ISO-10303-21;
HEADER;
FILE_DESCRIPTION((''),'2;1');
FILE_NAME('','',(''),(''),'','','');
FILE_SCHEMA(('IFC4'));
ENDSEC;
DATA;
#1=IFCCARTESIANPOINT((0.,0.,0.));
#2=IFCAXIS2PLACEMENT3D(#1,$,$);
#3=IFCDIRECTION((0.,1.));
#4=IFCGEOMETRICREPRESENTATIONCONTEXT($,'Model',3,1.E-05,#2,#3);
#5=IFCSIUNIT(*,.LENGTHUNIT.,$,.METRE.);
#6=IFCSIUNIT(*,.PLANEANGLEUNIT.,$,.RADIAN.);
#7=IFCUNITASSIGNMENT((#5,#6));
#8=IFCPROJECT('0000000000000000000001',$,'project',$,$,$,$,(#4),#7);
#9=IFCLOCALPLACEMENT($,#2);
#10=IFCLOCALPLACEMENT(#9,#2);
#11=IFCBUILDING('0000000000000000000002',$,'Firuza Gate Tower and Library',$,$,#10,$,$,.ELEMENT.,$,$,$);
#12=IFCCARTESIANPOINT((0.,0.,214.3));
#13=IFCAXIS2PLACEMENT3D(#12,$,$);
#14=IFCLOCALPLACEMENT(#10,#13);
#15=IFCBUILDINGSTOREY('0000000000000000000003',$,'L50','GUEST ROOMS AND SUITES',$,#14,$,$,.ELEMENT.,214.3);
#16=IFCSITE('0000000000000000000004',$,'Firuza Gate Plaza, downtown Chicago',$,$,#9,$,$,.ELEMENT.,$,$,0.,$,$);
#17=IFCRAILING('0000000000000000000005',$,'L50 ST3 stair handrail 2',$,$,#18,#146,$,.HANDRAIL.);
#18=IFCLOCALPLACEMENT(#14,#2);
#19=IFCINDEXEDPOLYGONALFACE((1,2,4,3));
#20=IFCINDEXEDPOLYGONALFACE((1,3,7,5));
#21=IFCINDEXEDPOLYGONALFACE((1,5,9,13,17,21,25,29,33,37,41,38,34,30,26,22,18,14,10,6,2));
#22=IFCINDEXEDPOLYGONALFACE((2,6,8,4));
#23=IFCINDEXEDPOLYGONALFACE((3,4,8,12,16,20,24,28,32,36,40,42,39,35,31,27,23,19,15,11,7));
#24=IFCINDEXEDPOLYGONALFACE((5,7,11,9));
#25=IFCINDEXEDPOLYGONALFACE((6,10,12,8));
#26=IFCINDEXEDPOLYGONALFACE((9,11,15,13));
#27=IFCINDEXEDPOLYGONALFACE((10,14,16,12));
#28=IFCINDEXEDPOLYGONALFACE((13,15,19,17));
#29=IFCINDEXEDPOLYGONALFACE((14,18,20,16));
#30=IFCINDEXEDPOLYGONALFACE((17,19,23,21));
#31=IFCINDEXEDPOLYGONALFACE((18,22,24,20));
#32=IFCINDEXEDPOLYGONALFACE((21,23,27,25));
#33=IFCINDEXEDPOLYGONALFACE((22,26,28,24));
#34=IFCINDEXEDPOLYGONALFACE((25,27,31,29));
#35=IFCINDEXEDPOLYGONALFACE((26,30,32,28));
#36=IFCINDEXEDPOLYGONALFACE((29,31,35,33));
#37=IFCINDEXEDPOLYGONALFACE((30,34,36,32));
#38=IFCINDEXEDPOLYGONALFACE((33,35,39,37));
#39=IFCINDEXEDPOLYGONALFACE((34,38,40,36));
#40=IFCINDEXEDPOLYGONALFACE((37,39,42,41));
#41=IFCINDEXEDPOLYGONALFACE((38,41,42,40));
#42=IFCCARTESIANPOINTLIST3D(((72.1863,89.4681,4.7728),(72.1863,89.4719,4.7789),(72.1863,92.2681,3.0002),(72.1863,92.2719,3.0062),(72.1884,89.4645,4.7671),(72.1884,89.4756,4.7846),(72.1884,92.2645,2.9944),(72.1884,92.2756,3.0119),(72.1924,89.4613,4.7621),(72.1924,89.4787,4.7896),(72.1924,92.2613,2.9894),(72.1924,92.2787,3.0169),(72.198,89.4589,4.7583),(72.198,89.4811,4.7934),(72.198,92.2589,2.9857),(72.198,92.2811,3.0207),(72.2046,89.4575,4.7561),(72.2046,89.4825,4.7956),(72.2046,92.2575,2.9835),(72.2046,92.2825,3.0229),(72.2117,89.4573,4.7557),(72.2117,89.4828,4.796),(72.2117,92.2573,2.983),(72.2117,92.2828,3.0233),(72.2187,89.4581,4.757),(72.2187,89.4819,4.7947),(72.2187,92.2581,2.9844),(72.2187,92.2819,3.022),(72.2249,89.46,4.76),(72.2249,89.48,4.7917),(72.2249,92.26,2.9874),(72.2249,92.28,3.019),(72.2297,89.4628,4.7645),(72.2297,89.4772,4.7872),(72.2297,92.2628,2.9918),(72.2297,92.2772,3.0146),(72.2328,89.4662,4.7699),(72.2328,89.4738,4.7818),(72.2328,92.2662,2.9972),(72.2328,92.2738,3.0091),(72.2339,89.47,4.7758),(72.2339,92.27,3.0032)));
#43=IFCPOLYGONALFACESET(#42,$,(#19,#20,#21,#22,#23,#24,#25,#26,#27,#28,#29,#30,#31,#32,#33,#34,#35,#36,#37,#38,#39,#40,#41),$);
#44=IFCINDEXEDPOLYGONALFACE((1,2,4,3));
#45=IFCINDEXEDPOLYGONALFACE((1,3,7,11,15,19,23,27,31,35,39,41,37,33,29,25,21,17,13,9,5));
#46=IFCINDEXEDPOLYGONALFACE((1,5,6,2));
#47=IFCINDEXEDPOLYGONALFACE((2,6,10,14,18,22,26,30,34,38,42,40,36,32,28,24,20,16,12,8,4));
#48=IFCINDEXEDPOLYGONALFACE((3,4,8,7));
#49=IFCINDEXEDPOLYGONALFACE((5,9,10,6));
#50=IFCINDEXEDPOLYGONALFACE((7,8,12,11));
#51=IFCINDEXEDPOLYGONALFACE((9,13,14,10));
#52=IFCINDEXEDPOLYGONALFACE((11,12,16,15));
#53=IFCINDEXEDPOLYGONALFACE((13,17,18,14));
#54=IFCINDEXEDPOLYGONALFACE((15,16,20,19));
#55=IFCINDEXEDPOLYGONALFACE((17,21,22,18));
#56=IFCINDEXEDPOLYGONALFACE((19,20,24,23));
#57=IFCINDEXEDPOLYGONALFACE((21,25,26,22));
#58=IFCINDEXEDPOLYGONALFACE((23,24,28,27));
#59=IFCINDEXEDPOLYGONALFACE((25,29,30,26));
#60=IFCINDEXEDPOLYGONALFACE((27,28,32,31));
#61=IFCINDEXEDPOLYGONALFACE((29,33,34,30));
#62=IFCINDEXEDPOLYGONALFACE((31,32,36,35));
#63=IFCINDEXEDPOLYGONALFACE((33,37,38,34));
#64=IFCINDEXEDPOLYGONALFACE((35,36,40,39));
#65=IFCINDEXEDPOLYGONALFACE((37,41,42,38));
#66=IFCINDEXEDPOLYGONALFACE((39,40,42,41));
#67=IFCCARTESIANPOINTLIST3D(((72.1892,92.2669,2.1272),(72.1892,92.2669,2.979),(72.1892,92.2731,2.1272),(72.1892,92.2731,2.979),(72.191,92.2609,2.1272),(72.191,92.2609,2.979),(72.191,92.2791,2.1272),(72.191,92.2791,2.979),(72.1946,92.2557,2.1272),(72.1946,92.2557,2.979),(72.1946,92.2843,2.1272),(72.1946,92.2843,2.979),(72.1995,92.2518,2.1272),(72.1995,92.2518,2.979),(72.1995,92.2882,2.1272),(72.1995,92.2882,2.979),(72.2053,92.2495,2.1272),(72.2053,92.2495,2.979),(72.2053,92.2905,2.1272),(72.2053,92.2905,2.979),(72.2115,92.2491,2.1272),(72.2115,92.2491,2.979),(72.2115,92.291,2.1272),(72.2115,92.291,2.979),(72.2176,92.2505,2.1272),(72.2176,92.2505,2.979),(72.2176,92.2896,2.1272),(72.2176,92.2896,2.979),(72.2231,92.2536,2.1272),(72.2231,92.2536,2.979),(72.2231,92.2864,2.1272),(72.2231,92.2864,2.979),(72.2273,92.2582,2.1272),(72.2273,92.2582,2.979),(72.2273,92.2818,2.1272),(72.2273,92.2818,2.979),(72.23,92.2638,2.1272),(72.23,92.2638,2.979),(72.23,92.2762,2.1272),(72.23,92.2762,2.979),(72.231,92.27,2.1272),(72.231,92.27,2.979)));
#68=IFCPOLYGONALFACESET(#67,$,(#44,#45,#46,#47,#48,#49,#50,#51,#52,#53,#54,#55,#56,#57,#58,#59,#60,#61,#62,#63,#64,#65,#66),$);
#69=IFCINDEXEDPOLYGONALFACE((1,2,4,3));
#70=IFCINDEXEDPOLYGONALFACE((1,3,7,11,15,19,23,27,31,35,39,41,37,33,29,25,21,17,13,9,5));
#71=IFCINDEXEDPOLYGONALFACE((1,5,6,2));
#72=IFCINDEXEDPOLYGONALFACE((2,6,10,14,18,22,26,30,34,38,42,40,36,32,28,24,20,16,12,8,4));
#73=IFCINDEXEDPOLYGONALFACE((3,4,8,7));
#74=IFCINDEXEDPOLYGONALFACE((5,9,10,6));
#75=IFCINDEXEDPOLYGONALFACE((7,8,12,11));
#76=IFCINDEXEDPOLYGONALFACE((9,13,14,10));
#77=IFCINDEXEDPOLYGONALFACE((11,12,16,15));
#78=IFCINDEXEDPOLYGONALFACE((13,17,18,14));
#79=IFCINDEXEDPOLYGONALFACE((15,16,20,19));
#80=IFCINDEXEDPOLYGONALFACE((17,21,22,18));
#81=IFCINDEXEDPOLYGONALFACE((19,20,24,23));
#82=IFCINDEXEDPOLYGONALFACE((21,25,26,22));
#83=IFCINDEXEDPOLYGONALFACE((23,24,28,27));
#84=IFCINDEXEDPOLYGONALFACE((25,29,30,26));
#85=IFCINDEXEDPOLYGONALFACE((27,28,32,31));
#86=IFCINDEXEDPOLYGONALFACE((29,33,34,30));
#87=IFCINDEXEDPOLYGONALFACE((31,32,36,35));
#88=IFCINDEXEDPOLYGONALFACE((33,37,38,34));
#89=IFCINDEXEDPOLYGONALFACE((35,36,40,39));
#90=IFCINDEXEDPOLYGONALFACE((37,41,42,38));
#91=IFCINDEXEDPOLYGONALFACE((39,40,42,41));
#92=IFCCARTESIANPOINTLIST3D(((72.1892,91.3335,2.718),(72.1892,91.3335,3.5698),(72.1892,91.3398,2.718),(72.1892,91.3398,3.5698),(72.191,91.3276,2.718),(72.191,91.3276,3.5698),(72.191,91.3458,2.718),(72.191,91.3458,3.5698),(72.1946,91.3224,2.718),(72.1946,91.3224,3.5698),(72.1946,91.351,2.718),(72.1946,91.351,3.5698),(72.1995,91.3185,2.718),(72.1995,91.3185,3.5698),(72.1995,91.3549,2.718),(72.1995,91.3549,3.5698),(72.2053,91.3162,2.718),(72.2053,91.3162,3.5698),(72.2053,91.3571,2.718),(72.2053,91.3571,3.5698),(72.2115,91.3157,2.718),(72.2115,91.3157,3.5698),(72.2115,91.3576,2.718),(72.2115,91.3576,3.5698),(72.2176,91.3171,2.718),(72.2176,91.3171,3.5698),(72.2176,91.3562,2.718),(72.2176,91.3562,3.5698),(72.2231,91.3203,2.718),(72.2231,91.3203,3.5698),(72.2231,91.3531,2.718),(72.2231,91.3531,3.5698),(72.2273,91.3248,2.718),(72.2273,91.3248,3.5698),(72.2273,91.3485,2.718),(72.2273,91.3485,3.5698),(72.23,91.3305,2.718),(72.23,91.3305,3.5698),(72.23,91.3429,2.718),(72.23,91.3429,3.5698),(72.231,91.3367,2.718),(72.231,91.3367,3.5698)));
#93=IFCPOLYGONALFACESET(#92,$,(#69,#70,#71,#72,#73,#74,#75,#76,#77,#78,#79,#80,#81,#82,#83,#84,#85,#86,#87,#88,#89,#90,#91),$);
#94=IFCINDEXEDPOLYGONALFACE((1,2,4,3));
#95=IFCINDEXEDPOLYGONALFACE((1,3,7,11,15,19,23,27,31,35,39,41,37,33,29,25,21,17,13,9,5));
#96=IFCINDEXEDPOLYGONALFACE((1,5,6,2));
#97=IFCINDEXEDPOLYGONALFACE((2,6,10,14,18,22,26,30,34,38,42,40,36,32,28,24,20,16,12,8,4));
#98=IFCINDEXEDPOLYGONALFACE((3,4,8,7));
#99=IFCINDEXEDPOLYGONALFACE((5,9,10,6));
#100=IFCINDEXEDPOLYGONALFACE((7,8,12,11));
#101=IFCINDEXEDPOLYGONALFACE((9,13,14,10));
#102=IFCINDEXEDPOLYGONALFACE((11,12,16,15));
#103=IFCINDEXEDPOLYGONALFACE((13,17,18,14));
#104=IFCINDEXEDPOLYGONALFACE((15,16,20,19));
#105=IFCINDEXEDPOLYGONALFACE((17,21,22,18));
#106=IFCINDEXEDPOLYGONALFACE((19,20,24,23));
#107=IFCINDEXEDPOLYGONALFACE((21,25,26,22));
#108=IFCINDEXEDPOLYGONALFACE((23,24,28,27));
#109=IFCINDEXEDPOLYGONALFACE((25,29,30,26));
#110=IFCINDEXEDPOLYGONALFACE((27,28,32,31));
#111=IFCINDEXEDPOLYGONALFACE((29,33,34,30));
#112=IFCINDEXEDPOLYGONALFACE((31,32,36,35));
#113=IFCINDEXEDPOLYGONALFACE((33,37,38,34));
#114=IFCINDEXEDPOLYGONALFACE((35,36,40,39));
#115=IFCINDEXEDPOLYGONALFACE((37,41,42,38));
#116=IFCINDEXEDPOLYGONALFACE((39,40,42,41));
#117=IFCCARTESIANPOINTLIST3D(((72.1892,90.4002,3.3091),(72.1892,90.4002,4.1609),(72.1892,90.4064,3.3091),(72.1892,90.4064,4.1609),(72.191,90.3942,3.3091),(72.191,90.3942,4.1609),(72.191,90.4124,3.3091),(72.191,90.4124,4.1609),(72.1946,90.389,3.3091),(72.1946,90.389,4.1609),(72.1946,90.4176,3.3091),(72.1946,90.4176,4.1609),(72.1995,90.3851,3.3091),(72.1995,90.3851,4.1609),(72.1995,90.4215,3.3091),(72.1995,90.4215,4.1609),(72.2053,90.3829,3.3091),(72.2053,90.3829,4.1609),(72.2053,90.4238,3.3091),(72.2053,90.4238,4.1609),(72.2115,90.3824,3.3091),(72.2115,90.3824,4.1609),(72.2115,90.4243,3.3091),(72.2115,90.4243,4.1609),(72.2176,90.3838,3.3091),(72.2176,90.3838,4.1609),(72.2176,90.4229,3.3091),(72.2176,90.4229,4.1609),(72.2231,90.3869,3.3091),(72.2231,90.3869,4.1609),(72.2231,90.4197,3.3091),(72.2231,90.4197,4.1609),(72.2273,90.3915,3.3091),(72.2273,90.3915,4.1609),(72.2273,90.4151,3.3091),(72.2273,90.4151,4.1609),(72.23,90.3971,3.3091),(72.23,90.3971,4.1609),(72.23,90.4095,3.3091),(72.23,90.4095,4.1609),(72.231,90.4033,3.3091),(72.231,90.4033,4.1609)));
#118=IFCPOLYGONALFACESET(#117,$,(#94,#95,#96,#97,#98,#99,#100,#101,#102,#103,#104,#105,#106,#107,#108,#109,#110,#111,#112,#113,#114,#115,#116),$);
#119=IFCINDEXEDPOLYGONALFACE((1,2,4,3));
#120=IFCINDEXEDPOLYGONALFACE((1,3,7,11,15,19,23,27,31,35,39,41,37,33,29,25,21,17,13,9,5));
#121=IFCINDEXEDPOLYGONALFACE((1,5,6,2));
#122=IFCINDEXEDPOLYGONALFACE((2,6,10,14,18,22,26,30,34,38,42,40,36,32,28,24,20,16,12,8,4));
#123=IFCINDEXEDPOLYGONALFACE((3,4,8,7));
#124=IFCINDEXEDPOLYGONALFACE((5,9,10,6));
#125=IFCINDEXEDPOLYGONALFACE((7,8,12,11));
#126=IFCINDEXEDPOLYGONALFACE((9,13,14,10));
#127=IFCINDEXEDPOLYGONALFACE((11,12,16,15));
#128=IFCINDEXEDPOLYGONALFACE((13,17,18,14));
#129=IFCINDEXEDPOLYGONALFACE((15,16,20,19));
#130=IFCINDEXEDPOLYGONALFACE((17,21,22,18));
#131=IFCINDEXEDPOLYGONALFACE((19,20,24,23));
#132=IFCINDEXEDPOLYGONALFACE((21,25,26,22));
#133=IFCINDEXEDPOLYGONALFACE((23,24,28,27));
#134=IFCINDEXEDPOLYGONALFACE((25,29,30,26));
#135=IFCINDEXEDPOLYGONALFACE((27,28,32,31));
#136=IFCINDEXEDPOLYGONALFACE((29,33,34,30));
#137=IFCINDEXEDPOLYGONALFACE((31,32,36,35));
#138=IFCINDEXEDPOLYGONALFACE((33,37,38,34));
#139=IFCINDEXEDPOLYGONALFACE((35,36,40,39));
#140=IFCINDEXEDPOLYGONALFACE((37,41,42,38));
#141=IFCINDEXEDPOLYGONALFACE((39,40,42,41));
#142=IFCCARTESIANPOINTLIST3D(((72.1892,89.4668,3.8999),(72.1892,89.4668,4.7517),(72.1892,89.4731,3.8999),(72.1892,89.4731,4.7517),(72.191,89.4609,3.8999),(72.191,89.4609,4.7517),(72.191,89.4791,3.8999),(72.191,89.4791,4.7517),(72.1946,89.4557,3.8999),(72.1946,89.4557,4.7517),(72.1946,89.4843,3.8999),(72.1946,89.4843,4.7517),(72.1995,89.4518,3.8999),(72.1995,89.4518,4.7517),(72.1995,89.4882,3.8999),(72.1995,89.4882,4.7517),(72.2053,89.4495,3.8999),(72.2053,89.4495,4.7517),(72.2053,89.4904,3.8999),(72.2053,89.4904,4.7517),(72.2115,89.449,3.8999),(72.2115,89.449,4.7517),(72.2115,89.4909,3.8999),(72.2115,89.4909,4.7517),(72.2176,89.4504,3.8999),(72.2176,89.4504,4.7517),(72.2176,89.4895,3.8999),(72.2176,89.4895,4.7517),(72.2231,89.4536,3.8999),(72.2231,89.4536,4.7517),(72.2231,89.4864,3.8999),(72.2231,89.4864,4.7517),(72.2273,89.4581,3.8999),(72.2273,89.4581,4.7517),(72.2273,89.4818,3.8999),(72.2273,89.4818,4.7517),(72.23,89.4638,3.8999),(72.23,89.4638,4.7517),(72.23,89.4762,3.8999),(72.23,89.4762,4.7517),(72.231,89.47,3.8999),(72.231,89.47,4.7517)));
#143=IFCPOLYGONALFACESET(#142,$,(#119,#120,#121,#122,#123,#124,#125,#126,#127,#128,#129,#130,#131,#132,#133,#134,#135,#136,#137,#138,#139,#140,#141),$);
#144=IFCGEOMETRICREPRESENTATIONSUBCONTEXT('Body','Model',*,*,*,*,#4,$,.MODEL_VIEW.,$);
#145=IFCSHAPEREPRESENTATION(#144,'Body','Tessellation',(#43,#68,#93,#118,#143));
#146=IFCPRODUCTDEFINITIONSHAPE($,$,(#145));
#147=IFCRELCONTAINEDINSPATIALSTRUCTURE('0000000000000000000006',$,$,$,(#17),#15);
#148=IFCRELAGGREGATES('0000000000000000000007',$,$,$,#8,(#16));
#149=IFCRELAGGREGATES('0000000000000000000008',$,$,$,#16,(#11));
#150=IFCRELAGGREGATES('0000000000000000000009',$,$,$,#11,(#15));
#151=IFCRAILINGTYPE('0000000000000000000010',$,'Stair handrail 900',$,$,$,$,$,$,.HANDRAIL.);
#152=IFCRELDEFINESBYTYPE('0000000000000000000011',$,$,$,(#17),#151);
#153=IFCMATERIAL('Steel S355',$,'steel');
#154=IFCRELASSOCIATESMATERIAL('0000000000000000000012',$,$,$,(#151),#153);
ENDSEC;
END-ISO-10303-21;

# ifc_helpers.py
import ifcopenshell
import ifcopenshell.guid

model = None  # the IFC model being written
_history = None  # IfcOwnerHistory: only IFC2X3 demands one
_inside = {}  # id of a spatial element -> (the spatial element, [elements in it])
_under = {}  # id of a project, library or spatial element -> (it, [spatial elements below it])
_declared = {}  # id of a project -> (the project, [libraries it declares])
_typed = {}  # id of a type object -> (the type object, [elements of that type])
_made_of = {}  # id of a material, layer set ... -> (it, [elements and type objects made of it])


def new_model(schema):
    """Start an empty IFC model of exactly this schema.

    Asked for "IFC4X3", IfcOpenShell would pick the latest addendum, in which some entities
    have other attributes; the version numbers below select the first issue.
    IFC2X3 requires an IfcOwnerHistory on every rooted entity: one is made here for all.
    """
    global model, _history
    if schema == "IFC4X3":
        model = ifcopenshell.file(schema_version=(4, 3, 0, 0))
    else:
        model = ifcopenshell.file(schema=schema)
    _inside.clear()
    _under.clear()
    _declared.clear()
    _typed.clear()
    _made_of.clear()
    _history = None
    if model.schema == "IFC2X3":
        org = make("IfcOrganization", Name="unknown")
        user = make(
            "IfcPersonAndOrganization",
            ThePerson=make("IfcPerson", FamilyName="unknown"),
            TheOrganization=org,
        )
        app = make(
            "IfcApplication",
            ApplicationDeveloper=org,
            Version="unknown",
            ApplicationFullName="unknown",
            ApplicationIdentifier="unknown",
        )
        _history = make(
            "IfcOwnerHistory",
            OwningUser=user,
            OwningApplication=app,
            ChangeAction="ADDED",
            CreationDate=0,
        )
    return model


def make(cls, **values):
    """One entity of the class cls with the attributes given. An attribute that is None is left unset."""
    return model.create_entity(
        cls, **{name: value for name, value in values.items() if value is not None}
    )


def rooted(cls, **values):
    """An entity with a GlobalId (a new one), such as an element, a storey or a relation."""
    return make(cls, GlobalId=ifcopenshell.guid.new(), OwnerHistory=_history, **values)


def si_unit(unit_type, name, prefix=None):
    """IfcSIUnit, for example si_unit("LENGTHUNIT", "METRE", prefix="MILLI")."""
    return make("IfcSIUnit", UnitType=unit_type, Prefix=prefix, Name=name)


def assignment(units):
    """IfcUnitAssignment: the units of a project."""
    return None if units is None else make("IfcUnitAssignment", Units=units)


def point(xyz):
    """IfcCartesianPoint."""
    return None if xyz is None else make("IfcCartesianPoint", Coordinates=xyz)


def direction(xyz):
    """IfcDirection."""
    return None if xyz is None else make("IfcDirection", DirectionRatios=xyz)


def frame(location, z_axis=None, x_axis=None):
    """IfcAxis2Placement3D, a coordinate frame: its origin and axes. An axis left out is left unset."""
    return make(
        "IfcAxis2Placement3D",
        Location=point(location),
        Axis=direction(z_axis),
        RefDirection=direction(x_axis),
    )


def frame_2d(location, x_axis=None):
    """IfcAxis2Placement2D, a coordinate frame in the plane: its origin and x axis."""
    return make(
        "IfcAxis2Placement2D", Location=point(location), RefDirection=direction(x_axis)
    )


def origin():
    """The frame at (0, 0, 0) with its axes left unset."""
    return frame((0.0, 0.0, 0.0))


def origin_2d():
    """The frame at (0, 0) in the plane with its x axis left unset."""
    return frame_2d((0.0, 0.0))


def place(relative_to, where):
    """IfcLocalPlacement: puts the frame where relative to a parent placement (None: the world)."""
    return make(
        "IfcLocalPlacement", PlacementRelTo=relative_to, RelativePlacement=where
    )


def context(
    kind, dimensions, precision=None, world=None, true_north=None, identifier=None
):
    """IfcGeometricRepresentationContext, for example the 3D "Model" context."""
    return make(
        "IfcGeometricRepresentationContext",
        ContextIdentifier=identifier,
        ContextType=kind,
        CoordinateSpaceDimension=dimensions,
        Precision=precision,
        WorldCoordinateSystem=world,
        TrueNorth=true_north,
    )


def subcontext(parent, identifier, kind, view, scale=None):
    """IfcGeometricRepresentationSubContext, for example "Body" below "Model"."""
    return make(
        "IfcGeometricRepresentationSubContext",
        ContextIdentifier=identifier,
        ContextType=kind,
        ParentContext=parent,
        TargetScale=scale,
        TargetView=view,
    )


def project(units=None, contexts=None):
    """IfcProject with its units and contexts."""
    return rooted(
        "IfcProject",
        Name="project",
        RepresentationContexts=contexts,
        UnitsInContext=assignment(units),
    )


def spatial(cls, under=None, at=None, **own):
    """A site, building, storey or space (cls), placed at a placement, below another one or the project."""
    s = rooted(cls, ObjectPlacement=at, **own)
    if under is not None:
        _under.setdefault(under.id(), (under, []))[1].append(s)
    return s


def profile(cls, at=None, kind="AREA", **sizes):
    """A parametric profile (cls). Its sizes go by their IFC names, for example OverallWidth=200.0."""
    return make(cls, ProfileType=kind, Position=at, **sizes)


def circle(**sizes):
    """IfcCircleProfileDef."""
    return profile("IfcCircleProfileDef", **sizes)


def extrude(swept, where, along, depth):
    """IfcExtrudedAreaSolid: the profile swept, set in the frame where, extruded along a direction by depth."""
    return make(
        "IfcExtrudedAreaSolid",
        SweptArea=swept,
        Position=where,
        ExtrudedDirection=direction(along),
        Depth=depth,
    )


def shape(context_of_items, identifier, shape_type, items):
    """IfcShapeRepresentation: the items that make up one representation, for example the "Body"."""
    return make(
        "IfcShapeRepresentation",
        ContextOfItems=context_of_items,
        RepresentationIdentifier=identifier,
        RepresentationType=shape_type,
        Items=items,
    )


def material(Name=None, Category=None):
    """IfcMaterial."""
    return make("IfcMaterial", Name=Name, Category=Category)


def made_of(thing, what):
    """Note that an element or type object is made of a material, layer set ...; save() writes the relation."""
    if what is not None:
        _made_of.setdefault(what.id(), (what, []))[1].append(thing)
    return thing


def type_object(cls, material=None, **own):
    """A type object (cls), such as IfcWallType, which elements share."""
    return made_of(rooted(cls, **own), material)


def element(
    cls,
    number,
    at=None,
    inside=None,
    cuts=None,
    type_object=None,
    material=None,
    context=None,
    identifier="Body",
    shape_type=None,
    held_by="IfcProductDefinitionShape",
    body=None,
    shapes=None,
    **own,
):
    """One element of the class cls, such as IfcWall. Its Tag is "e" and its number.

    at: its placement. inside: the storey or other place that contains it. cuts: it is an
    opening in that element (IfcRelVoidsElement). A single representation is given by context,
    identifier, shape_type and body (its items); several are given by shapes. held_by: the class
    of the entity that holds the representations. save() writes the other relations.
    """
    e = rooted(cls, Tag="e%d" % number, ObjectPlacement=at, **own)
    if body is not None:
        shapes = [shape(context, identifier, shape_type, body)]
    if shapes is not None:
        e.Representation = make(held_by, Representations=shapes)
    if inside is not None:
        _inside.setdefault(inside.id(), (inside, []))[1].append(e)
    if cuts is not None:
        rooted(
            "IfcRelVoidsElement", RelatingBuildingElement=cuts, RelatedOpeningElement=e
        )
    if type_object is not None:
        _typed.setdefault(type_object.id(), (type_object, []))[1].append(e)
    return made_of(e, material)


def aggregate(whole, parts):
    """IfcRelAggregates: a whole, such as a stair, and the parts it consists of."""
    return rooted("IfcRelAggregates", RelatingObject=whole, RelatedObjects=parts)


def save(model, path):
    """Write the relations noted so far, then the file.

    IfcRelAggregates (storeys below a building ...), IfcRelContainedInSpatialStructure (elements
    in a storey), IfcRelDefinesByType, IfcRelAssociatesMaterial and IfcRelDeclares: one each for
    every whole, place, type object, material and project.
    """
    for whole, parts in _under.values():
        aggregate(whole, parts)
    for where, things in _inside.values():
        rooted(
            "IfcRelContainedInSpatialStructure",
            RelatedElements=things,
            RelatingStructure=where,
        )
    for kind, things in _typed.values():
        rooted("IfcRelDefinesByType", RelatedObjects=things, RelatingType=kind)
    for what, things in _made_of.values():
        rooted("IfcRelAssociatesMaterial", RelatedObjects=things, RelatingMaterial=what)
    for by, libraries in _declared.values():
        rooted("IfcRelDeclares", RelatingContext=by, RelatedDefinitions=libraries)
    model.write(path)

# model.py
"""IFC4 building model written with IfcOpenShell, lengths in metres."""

from ifc_helpers import new_model, si_unit, direction, frame, origin, origin_2d, place, context, subcontext, project, spatial, circle, extrude, material, type_object, element, save


model = new_model("IFC4")

# Units and contexts
model_context = context("Model", 3, precision=1e-05, world=origin(), true_north=direction((0.0, 1.0)))
body_context = subcontext(model_context, "Body", "Model", "MODEL_VIEW")
ifc_project = project(units=[si_unit("LENGTHUNIT", "METRE"), si_unit("PLANEANGLEUNIT", "RADIAN")], contexts=[model_context])

# Site, building, storey
site_placement = place(None, origin())
site = spatial("IfcSite", under=ifc_project, at=site_placement, Name="Firuza Gate Plaza, downtown Chicago", CompositionType="ELEMENT", RefElevation=0.0)
building_placement = place(site_placement, origin())
building = spatial("IfcBuilding", under=site, at=building_placement, Name="Firuza Gate Tower and Library", CompositionType="ELEMENT")
storey_placement = place(building_placement, frame((0.0, 0.0, 214.3)))
storey = spatial("IfcBuildingStorey", under=building, at=storey_placement, Name="L50", Description="GUEST ROOMS AND SUITES", CompositionType="ELEMENT", Elevation=214.3)

# Railing
ifc_material_1 = material(Name="Steel S355", Category="steel")
railing_type_1 = type_object("IfcRailingType", Name="Stair handrail 900", PredefinedType="HANDRAIL", material=ifc_material_1)
railing_1_placement = place(storey_placement, frame((72.21, 92.27, 2.1272)))
element("IfcRailing", 1, at=railing_1_placement, inside=storey, type_object=railing_type_1, Name="L50 ST3 stair handrail 2", PredefinedType="HANDRAIL", context=body_context, shape_type="SweptSolid", body=[
    extrude(circle(Radius=0.0239, at=origin_2d()), frame((0.0, 0.0, 0.876), z_axis=(0.0, -0.844909, 0.53491), x_axis=(1.0, 0.0, 0.0)), (0.0, 0.0, 1.0), 3.314),
    extrude(circle(Radius=0.021, at=origin_2d()), origin(), (0.0, 0.0, 1.0), 0.8518),
    extrude(circle(Radius=0.021, at=origin_2d()), frame((0.0, -0.9333, 0.5908)), (0.0, 0.0, 1.0), 0.8518),
    extrude(circle(Radius=0.021, at=origin_2d()), frame((0.0, -1.8667, 1.1819)), (0.0, 0.0, 1.0), 0.8518),
    extrude(circle(Radius=0.021, at=origin_2d()), frame((0.0, -2.8, 1.7727)), (0.0, 0.0, 1.0), 0.8518),
])

save(model, "model.ifc")
